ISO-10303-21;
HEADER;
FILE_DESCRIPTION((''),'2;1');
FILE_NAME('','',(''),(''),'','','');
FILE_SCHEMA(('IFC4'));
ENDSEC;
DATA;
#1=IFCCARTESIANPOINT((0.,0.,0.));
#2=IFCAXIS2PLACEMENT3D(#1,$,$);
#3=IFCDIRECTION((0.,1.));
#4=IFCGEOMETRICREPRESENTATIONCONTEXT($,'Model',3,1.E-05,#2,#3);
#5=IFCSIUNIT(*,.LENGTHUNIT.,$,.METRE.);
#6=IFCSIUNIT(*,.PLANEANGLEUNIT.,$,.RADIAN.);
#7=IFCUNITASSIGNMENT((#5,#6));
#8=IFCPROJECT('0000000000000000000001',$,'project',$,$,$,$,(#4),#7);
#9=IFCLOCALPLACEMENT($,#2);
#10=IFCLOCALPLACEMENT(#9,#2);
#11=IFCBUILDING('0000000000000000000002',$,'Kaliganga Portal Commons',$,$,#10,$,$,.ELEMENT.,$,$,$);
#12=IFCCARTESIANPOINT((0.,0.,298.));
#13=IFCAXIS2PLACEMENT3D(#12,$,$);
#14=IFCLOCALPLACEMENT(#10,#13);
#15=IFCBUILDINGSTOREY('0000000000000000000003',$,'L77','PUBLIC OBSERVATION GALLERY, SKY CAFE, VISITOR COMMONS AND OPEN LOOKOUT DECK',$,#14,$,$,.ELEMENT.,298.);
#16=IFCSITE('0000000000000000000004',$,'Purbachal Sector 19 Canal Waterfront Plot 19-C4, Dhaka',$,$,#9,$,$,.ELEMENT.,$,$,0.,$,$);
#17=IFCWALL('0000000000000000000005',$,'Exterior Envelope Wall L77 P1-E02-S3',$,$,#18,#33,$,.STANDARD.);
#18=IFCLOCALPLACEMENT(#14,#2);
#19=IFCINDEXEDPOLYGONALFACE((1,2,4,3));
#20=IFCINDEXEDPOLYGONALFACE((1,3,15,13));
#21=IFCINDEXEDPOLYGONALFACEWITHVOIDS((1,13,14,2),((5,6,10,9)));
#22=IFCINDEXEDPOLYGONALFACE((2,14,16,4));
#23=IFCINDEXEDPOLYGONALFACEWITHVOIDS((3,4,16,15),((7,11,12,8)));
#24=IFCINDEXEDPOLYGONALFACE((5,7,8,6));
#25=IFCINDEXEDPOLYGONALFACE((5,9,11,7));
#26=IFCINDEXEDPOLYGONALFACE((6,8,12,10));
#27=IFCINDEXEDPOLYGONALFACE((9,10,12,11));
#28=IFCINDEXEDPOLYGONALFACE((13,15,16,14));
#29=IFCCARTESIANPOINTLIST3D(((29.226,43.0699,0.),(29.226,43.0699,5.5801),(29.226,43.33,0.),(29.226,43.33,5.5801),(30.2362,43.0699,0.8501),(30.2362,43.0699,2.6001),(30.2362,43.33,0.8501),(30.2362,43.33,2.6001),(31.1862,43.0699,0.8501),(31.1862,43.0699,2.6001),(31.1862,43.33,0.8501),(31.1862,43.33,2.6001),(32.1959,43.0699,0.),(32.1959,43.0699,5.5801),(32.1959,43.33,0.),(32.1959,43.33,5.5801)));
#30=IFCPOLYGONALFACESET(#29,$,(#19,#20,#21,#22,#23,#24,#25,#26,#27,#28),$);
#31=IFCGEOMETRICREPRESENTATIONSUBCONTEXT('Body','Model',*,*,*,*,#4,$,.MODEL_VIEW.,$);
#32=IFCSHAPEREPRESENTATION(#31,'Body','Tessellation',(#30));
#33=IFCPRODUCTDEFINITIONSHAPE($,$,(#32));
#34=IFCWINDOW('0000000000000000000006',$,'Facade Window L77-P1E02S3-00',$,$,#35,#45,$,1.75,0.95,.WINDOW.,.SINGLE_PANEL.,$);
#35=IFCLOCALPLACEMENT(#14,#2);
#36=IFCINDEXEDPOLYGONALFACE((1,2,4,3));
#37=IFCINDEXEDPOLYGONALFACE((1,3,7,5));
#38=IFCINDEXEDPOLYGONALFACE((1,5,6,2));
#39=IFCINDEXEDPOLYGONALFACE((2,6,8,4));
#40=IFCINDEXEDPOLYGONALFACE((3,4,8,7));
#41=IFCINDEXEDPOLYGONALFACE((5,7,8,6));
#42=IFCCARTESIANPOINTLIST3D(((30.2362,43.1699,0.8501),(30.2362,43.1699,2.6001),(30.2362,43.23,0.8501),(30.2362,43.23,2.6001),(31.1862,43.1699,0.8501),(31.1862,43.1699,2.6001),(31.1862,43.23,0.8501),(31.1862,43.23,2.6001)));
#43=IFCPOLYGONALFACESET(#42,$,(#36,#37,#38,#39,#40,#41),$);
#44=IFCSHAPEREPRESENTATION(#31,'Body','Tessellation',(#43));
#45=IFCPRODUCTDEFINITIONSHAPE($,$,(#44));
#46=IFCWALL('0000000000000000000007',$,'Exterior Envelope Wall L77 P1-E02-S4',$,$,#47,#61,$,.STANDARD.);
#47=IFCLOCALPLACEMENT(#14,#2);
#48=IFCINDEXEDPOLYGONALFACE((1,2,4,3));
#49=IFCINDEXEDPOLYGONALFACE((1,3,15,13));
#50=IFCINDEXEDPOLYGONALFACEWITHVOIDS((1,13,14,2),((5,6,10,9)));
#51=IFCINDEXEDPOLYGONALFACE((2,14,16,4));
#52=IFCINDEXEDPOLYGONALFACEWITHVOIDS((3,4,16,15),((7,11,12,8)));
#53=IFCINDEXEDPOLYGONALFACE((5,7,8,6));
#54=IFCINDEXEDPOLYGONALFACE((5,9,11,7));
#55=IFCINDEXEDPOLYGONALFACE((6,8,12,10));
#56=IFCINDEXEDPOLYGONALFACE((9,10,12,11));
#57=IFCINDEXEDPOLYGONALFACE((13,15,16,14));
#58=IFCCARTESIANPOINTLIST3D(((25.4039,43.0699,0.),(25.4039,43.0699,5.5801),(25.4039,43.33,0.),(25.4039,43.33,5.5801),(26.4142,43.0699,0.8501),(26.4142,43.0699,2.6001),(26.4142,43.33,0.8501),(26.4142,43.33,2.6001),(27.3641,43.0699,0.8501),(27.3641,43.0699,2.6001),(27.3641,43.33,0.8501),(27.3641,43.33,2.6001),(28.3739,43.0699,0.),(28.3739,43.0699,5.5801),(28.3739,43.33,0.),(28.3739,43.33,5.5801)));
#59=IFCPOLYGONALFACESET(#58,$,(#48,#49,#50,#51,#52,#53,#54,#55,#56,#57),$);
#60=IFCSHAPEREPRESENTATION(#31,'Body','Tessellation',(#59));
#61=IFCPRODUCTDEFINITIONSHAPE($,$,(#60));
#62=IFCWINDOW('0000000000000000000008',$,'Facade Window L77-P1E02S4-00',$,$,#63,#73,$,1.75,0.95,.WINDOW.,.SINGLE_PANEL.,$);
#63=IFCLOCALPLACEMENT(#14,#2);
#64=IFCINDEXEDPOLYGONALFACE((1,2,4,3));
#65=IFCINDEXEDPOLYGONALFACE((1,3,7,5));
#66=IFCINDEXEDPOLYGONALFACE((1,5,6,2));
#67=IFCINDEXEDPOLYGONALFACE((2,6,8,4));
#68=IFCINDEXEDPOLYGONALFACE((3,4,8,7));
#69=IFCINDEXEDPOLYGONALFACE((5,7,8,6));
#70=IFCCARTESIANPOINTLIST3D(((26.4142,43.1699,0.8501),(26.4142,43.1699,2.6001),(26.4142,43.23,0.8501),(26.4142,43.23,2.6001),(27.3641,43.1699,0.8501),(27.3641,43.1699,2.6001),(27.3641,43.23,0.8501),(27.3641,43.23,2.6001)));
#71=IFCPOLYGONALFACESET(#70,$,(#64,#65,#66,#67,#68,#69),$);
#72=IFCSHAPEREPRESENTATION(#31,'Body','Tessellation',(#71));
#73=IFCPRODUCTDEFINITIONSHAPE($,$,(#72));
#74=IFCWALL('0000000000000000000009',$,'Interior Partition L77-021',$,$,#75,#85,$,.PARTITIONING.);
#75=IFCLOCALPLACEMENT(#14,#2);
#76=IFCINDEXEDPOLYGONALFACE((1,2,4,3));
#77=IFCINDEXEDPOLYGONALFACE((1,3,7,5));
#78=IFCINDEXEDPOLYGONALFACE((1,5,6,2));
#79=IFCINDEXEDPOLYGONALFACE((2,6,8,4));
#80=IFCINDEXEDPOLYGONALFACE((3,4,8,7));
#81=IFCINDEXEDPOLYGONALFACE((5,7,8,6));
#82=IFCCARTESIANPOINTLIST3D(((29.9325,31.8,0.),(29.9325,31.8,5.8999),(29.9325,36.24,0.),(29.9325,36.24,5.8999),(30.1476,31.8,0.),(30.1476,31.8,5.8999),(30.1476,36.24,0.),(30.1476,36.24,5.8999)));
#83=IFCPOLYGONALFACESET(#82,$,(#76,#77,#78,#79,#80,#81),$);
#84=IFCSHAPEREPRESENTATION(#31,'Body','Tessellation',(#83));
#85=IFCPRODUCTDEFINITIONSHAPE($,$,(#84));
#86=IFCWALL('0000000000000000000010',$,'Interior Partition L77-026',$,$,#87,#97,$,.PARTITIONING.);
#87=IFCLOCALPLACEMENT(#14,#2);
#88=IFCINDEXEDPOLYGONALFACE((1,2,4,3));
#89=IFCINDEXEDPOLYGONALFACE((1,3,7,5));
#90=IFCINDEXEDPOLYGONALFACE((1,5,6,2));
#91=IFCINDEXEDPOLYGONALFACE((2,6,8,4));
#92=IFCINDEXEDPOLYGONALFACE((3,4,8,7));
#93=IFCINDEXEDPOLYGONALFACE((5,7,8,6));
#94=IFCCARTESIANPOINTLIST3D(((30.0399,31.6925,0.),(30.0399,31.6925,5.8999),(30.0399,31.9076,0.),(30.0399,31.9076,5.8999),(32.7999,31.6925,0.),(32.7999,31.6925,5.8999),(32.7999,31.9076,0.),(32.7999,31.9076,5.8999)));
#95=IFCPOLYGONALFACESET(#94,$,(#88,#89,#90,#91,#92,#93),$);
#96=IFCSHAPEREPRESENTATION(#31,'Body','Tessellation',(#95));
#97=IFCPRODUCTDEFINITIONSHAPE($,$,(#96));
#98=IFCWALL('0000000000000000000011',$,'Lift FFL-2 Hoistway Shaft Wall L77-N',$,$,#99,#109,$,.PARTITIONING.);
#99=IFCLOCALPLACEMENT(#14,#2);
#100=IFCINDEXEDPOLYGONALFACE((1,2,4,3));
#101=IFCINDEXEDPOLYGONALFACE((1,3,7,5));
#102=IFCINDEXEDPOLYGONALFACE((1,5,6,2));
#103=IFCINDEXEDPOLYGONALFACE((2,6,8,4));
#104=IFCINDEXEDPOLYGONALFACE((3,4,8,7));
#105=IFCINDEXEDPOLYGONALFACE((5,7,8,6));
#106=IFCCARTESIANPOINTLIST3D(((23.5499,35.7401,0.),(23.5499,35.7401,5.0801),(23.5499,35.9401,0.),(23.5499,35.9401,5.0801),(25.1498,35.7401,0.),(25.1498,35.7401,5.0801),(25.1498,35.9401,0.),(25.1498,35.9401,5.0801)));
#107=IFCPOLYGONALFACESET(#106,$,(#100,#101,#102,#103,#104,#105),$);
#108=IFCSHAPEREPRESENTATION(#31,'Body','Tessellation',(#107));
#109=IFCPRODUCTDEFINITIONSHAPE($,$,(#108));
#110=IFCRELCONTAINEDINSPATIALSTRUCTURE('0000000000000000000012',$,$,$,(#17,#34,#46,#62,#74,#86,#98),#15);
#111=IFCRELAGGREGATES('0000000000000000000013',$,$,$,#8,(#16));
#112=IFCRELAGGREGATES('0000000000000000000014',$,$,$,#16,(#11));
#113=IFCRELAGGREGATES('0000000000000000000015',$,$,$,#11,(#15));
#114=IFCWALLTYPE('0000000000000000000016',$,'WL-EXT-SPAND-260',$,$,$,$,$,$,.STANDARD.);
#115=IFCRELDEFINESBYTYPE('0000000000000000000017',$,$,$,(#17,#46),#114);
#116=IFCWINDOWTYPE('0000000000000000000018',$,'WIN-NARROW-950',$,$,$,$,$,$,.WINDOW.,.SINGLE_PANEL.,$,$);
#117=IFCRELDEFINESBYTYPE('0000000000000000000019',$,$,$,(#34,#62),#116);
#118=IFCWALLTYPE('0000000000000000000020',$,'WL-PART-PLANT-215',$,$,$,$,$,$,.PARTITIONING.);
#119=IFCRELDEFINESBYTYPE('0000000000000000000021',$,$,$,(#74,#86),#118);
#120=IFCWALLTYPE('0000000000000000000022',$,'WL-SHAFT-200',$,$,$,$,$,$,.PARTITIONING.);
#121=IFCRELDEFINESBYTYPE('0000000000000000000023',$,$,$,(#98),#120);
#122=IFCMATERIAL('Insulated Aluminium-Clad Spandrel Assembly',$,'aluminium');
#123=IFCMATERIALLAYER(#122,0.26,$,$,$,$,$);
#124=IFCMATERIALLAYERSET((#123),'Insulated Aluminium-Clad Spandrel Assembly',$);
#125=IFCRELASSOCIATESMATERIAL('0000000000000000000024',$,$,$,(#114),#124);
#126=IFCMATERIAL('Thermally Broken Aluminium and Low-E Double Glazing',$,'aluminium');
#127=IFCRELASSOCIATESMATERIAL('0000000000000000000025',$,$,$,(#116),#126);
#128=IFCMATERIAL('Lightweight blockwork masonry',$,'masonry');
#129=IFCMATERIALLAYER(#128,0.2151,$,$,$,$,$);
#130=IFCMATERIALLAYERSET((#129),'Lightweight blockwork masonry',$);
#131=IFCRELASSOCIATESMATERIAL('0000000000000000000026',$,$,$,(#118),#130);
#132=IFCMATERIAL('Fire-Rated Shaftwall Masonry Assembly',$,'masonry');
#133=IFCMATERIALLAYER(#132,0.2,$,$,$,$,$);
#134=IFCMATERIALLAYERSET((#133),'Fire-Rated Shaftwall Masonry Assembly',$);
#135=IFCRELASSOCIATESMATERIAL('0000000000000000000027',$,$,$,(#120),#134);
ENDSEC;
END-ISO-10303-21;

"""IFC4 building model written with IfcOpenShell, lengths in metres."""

from ifc_helpers import new_model, si_unit, direction, frame, frame_2d, origin, place, context, subcontext, project, spatial, rectangle, extrude, material, layer, layer_set, type_object, element, fill, save


model = new_model("IFC4")

# Units and contexts
model_context = context("Model", 3, precision=1e-05, world=origin(), true_north=direction((0.0, 1.0)))
body_context = subcontext(model_context, "Body", "Model", "MODEL_VIEW")
ifc_project = project(units=[si_unit("LENGTHUNIT", "METRE"), si_unit("PLANEANGLEUNIT", "RADIAN")], contexts=[model_context])

# Site, building, storey
site_placement = place(None, origin())
site = spatial("IfcSite", under=ifc_project, at=site_placement, Name="Purbachal Sector 19 Canal Waterfront Plot 19-C4, Dhaka", CompositionType="ELEMENT", RefElevation=0.0)
building_placement = place(site_placement, origin())
building = spatial("IfcBuilding", under=site, at=building_placement, Name="Kaliganga Portal Commons", CompositionType="ELEMENT")
storey_placement = place(building_placement, frame((0.0, 0.0, 298.0)))
storey = spatial("IfcBuildingStorey", under=building, at=storey_placement, Name="L77", Description="PUBLIC OBSERVATION GALLERY, SKY CAFE, VISITOR COMMONS AND OPEN LOOKOUT DECK", CompositionType="ELEMENT", Elevation=298.0)

# Walls, openings, windows
ifc_material_1 = material(Name="Insulated Aluminium-Clad Spandrel Assembly", Category="aluminium")
ifc_layer_1 = layer(ifc_material_1, 0.26)
ifc_layer_set_1 = layer_set([ifc_layer_1], Name="Insulated Aluminium-Clad Spandrel Assembly")
wall_type_1 = type_object("IfcWallType", Name="WL-EXT-SPAND-260", PredefinedType="STANDARD", material=ifc_layer_set_1)
wall_1_placement = place(storey_placement, frame((29.2261, 43.2, 0.0), z_axis=(0.0, 0.0, 1.0), x_axis=(1.0, 0.0, 0.0)))
wall_1 = element("IfcWall", 1, at=wall_1_placement, inside=storey, type_object=wall_type_1, Name="Exterior Envelope Wall L77 P1-E02-S3", PredefinedType="STANDARD", context=body_context, shape_type="SweptSolid", body=[
    extrude(rectangle(XDim=2.97, YDim=0.26, at=frame_2d((1.4849, 0.0))), origin(), (0.0, 0.0, 1.0), 5.5801),
])
opening_1_placement = place(wall_1_placement, frame((1.01, 0.0, 0.8501)))
opening_1 = element("IfcOpeningElement", 2, at=opening_1_placement, cuts=wall_1, PredefinedType="OPENING", context=body_context, shape_type="SweptSolid", body=[
    extrude(rectangle(XDim=0.95, YDim=1.75, at=frame_2d((0.4751, 0.875))), frame((0.0, 0.1401, 0.0), z_axis=(0.0, -1.0, 0.0), x_axis=(1.0, 0.0, 0.0)), (0.0, 0.0, 1.0), 0.28),
])
ifc_material_2 = material(Name="Thermally Broken Aluminium and Low-E Double Glazing", Category="aluminium")
window_type = type_object("IfcWindowType", Name="WIN-NARROW-950", PartitioningType="SINGLE_PANEL", PredefinedType="WINDOW", material=ifc_material_2)
window_1_placement = place(opening_1_placement, origin())
window_1 = element("IfcWindow", 3, at=window_1_placement, inside=storey, type_object=window_type, Name="Facade Window L77-P1E02S3-00", OverallHeight=1.75, OverallWidth=0.95, PartitioningType="SINGLE_PANEL", PredefinedType="WINDOW", context=body_context, shape_type="SweptSolid", body=[
    extrude(rectangle(XDim=0.95, YDim=1.75, at=frame_2d((0.4751, 0.875))), frame((0.0, 0.03, 0.0), z_axis=(0.0, -1.0, 0.0), x_axis=(1.0, 0.0, 0.0)), (0.0, 0.0, 1.0), 0.0601),
])
fill(opening_1, window_1)
wall_2_placement = place(storey_placement, frame((25.4041, 43.2, 0.0), z_axis=(0.0, 0.0, 1.0), x_axis=(1.0, 0.0, 0.0)))
wall_2 = element("IfcWall", 4, at=wall_2_placement, inside=storey, type_object=wall_type_1, Name="Exterior Envelope Wall L77 P1-E02-S4", PredefinedType="STANDARD", context=body_context, shape_type="SweptSolid", body=[
    extrude(rectangle(XDim=2.97, YDim=0.26, at=frame_2d((1.4849, 0.0))), origin(), (0.0, 0.0, 1.0), 5.5801),
])
opening_2_placement = place(wall_2_placement, frame((1.01, 0.0, 0.8501)))
opening_2 = element("IfcOpeningElement", 5, at=opening_2_placement, cuts=wall_2, PredefinedType="OPENING", context=body_context, shape_type="SweptSolid", body=[
    extrude(rectangle(XDim=0.95, YDim=1.75, at=frame_2d((0.4751, 0.875))), frame((0.0, 0.1401, 0.0), z_axis=(0.0, -1.0, 0.0), x_axis=(1.0, 0.0, 0.0)), (0.0, 0.0, 1.0), 0.28),
])
window_2_placement = place(opening_2_placement, origin())
window_2 = element("IfcWindow", 6, at=window_2_placement, inside=storey, type_object=window_type, Name="Facade Window L77-P1E02S4-00", OverallHeight=1.75, OverallWidth=0.95, PartitioningType="SINGLE_PANEL", PredefinedType="WINDOW", context=body_context, shape_type="SweptSolid", body=[
    extrude(rectangle(XDim=0.95, YDim=1.75, at=frame_2d((0.4751, 0.875))), frame((0.0, 0.03, 0.0), z_axis=(0.0, -1.0, 0.0), x_axis=(1.0, 0.0, 0.0)), (0.0, 0.0, 1.0), 0.0601),
])
fill(opening_2, window_2)

# Shared definitions
ifc_material_3 = material(Name="Lightweight blockwork masonry", Category="masonry")
ifc_layer_2 = layer(ifc_material_3, 0.2151)
ifc_layer_set_2 = layer_set([ifc_layer_2], Name="Lightweight blockwork masonry")
wall_type_2 = type_object("IfcWallType", Name="WL-PART-PLANT-215", PredefinedType="PARTITIONING", material=ifc_layer_set_2)

# Walls
wall_3_placement = place(storey_placement, frame((30.04, 31.8, 0.0), z_axis=(0.0, 0.0, 1.0), x_axis=(0.0, 1.0, 0.0)))
element("IfcWall", 7, at=wall_3_placement, inside=storey, type_object=wall_type_2, Name="Interior Partition L77-021", PredefinedType="PARTITIONING", context=body_context, shape_type="SweptSolid", body=[
    extrude(rectangle(XDim=4.4399, YDim=0.2151, at=frame_2d((2.22, 0.0))), origin(), (0.0, 0.0, 1.0), 5.8999),
])
wall_4_placement = place(storey_placement, frame((30.04, 31.8, 0.0), z_axis=(0.0, 0.0, 1.0), x_axis=(1.0, 0.0, 0.0)))
element("IfcWall", 8, at=wall_4_placement, inside=storey, type_object=wall_type_2, Name="Interior Partition L77-026", PredefinedType="PARTITIONING", context=body_context, shape_type="SweptSolid", body=[
    extrude(rectangle(XDim=2.76, YDim=0.2151, at=frame_2d((1.3799, 0.0))), origin(), (0.0, 0.0, 1.0), 5.8999),
])
ifc_material_4 = material(Name="Fire-Rated Shaftwall Masonry Assembly", Category="masonry")
ifc_layer_3 = layer(ifc_material_4, 0.2)
ifc_layer_set_3 = layer_set([ifc_layer_3], Name="Fire-Rated Shaftwall Masonry Assembly")
wall_type_3 = type_object("IfcWallType", Name="WL-SHAFT-200", PredefinedType="PARTITIONING", material=ifc_layer_set_3)
wall_5_placement = place(storey_placement, frame((23.55, 35.8401, 0.0), z_axis=(0.0, 0.0, 1.0), x_axis=(1.0, 0.0, 0.0)))
element("IfcWall", 9, at=wall_5_placement, inside=storey, type_object=wall_type_3, Name="Lift FFL-2 Hoistway Shaft Wall L77-N", PredefinedType="PARTITIONING", context=body_context, shape_type="SweptSolid", body=[
    extrude(rectangle(XDim=1.5999, YDim=0.2, at=frame_2d((0.7998, 0.0))), origin(), (0.0, 0.0, 1.0), 5.0801),
])

save(model, "model.ifc")
